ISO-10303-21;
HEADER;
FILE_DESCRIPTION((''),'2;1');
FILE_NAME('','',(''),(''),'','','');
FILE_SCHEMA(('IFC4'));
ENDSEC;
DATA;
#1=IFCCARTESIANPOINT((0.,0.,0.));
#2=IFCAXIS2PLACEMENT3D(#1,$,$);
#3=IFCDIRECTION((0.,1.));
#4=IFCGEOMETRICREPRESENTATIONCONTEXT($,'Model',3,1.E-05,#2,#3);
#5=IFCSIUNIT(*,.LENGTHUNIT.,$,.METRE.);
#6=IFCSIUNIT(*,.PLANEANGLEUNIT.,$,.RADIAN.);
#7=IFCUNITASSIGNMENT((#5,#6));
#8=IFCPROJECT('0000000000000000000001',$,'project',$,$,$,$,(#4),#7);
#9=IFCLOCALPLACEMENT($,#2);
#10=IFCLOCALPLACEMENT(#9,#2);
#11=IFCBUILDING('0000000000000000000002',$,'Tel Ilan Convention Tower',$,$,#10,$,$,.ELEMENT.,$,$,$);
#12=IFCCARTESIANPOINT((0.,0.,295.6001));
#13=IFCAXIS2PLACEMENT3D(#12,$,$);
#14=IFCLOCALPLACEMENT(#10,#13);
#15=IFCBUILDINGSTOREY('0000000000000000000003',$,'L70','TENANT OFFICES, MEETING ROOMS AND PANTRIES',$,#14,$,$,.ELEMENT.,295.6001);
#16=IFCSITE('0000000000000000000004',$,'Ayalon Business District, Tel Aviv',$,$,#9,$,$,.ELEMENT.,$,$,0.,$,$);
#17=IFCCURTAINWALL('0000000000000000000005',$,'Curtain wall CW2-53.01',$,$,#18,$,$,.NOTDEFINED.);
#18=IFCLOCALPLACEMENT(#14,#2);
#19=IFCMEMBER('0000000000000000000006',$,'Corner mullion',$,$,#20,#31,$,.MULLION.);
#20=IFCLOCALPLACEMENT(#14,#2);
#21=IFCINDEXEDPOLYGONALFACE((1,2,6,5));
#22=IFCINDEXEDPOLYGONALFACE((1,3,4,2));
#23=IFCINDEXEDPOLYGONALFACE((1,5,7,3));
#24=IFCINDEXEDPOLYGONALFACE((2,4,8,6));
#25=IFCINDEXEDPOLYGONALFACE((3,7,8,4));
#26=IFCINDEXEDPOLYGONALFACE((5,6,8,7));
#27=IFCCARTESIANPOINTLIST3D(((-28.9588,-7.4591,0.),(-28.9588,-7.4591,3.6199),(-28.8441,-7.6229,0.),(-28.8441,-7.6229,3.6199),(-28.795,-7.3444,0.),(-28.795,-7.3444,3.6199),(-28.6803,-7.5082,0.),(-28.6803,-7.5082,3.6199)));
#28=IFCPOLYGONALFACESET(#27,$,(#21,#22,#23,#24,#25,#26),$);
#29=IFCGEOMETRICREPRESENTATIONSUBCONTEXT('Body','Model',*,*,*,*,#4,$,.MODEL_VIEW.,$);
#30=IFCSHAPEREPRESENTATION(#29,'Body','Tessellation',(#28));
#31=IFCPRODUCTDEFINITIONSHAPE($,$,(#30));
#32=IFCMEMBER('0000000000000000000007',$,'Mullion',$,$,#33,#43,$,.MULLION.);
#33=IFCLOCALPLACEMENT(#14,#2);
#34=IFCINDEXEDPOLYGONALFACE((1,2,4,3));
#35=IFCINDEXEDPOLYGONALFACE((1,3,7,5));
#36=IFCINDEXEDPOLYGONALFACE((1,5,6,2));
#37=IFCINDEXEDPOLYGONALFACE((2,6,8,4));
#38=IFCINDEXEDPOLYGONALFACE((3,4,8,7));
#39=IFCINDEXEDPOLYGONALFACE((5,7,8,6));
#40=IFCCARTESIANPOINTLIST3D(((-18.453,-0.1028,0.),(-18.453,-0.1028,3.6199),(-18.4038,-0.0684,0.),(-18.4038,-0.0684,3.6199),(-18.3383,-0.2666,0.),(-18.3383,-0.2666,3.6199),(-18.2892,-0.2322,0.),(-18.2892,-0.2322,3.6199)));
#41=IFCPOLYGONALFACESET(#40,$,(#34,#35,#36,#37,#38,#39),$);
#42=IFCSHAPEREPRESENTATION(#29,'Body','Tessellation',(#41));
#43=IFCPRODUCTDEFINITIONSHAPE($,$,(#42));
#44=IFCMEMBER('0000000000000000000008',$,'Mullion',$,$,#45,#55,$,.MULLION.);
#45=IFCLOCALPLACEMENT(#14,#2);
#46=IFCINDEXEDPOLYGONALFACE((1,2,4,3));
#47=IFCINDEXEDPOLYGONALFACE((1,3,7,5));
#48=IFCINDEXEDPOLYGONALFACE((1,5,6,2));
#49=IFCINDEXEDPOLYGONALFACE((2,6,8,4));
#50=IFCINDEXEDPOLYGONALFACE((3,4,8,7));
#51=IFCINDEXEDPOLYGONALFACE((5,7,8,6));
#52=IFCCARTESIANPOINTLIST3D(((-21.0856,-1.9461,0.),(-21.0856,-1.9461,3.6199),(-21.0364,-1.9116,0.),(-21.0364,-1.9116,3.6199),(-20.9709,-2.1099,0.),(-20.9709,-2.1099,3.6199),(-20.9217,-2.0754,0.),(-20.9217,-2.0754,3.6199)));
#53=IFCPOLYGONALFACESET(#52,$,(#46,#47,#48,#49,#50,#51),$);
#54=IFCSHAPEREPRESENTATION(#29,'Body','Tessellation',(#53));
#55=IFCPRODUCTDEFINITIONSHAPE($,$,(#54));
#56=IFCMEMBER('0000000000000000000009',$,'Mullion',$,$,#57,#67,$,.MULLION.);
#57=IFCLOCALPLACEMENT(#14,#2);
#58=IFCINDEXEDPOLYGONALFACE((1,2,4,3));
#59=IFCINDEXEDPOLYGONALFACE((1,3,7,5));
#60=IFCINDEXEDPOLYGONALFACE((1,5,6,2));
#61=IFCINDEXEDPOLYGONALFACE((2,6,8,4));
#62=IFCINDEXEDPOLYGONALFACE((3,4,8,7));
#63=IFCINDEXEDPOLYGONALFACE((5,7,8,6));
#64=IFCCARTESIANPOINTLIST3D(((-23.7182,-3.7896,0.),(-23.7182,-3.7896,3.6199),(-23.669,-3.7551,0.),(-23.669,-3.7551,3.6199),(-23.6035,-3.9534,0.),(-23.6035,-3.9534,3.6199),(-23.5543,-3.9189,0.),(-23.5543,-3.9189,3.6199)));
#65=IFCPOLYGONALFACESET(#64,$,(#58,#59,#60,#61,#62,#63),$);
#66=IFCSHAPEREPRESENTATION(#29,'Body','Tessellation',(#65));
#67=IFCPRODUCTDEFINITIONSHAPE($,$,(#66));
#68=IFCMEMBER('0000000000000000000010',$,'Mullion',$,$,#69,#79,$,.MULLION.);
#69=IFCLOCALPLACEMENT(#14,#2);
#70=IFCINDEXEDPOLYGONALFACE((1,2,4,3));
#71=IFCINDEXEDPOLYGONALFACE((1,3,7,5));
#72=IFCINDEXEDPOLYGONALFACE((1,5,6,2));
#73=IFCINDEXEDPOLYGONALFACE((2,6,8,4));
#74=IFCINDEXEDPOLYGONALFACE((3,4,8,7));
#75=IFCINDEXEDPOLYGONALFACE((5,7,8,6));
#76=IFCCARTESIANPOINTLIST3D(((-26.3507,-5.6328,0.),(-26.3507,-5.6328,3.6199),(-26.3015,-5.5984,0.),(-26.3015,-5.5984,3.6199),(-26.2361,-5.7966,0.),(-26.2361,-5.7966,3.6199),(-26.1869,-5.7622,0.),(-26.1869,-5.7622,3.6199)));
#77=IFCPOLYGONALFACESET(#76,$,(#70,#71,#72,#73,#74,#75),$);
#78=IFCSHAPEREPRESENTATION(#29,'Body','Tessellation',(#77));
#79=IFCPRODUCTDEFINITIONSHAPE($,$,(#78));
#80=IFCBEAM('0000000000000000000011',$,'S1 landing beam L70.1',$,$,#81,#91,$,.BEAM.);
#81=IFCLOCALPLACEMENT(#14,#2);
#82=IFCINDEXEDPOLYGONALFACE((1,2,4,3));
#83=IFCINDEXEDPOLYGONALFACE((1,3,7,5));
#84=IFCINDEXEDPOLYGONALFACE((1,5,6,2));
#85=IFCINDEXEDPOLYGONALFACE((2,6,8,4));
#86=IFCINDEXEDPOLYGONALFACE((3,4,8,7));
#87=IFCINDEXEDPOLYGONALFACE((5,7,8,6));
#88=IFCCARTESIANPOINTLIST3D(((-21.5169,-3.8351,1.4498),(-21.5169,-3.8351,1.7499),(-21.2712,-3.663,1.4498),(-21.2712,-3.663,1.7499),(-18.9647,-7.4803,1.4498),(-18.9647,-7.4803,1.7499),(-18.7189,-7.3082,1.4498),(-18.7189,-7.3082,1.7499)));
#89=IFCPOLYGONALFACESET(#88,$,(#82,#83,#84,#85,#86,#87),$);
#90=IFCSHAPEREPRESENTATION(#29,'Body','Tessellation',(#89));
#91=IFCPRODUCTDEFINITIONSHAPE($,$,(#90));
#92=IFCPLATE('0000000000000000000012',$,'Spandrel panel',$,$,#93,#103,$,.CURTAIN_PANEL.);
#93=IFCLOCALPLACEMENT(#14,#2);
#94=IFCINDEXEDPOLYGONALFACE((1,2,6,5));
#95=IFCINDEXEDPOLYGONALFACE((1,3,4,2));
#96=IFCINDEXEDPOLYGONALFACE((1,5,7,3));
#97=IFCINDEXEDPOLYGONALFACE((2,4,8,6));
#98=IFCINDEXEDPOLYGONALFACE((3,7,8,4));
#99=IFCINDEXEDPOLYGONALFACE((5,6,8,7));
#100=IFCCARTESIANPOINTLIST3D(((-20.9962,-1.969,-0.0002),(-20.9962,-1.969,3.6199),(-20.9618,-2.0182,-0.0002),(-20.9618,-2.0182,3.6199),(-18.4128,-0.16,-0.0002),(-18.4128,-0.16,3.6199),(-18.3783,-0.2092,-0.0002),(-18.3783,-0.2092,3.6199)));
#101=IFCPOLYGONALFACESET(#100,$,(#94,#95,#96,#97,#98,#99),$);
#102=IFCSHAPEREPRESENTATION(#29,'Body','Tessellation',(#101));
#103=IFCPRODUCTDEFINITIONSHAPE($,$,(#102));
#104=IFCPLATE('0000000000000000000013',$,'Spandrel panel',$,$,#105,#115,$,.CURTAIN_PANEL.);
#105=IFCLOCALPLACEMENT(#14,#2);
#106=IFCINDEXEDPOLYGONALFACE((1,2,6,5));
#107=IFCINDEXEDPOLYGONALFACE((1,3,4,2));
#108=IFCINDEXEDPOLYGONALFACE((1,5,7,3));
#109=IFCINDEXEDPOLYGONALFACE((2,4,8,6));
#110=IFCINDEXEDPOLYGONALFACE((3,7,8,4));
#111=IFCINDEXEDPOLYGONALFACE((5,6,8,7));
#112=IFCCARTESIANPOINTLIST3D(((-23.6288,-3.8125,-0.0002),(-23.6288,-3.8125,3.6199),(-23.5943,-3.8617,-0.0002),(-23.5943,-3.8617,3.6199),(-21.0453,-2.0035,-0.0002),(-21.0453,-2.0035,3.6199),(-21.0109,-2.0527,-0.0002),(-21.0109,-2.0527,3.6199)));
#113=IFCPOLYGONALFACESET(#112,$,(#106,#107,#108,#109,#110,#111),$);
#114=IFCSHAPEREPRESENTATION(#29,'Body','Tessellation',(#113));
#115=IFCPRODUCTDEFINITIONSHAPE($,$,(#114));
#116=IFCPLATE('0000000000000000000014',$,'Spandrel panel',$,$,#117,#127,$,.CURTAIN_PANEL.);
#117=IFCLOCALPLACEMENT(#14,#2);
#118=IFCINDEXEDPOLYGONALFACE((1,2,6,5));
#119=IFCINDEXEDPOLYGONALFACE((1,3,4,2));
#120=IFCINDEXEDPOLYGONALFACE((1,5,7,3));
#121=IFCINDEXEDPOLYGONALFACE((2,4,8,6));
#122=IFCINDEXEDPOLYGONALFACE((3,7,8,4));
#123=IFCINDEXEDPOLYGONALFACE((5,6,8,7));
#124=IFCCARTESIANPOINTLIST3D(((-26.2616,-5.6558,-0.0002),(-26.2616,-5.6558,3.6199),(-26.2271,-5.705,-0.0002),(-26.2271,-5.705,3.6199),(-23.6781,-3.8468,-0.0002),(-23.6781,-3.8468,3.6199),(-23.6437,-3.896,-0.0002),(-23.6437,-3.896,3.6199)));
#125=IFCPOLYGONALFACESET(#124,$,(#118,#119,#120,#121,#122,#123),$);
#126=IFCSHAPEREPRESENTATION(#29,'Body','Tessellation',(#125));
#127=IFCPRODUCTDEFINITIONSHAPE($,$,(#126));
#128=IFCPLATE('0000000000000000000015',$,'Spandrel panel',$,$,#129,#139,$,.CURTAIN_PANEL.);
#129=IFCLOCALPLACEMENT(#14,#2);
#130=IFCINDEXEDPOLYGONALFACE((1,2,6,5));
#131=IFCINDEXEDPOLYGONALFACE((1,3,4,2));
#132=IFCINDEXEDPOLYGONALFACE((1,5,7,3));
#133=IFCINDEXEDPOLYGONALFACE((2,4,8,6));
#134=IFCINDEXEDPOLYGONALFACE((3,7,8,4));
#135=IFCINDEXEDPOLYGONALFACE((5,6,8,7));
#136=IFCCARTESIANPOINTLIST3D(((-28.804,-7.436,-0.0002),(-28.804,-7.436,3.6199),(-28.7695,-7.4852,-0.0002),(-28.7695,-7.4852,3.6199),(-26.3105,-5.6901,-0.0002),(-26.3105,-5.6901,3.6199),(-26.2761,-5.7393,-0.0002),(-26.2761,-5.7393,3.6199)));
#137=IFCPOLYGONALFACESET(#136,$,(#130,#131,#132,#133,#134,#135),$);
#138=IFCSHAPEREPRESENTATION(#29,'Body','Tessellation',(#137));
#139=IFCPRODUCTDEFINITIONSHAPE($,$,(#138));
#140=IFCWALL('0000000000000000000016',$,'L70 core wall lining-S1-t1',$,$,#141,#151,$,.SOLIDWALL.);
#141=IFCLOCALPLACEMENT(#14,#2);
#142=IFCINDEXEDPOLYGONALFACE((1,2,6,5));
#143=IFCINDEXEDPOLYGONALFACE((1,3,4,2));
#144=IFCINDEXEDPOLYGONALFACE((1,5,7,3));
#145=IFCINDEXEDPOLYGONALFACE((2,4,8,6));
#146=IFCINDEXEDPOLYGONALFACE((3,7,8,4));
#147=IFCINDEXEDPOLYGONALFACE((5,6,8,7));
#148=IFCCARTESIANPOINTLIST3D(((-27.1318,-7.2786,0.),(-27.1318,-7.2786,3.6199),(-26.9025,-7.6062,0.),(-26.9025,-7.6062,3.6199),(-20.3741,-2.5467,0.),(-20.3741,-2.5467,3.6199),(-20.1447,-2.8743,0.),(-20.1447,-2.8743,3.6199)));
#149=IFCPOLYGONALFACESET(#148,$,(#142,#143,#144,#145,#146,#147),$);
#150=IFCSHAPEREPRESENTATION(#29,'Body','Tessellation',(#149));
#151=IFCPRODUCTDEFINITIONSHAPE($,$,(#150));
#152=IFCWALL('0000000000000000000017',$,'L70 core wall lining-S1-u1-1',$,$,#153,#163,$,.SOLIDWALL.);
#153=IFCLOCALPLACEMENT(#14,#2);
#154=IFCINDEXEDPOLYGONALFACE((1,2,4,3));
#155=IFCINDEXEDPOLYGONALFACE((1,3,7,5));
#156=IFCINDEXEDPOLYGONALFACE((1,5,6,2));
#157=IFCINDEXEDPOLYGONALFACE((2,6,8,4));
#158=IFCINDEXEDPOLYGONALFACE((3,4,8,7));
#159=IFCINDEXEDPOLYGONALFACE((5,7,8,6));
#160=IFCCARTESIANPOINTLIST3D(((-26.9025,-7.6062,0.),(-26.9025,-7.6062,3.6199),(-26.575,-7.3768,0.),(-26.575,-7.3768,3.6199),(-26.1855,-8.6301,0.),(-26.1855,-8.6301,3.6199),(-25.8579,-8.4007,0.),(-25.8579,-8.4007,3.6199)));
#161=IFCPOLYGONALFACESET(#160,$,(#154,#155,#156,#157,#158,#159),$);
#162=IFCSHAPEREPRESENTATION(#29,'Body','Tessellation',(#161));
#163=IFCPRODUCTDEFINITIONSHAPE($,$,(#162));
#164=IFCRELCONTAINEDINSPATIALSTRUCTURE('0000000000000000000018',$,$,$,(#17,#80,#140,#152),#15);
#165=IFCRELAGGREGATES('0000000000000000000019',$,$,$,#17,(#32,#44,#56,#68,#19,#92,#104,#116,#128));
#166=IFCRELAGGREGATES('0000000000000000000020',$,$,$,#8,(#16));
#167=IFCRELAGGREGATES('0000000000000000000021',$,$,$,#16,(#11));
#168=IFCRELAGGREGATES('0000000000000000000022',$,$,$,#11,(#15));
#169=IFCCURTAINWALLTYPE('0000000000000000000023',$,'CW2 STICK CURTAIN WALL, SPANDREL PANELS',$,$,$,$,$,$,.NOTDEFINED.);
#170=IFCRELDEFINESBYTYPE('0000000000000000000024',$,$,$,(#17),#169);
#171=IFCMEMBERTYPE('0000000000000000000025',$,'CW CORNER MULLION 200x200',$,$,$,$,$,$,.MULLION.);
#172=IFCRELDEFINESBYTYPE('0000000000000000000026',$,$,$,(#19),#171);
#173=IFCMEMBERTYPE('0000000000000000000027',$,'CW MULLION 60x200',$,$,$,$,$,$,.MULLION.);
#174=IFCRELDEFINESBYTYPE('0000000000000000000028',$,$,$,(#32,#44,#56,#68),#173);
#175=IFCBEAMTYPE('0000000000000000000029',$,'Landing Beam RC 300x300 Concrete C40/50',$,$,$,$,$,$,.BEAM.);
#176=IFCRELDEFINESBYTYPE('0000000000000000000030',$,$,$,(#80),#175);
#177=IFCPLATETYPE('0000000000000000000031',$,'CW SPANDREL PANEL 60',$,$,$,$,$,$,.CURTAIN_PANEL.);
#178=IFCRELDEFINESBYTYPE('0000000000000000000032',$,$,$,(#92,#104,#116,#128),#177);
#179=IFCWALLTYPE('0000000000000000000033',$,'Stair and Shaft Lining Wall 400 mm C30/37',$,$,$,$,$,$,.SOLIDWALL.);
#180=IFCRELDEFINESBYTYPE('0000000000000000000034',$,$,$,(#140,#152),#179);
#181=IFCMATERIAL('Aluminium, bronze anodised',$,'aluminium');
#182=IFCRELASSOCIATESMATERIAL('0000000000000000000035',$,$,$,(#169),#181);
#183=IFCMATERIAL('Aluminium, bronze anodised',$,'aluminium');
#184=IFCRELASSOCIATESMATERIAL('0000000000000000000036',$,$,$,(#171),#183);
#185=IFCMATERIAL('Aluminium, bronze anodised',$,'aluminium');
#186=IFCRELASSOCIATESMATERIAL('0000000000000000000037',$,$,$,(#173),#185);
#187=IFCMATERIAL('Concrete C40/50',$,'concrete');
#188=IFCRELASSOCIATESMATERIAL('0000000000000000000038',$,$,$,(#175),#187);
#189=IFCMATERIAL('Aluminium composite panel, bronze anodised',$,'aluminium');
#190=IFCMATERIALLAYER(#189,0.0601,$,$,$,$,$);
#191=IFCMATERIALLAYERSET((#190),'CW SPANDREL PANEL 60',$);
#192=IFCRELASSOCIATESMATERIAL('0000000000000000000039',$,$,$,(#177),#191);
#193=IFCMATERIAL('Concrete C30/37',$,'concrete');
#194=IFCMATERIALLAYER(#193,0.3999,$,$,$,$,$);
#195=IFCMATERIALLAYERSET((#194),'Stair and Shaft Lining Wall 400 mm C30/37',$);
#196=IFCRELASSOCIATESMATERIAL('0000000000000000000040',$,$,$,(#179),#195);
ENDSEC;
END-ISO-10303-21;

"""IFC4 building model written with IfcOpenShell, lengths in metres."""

from ifc_helpers import new_model, si_unit, direction, frame, frame_2d, origin, origin_2d, place, context, subcontext, project, spatial, rectangle, extrude, material, layer, layer_set, material_profile, profile_set, type_object, element, aggregate, save


model = new_model("IFC4")

# Units and contexts
model_context = context("Model", 3, precision=1e-05, world=origin(), true_north=direction((0.0, 1.0)))
body_context = subcontext(model_context, "Body", "Model", "MODEL_VIEW")
ifc_project = project(units=[si_unit("LENGTHUNIT", "METRE"), si_unit("PLANEANGLEUNIT", "RADIAN")], contexts=[model_context])

# Site, building, storey
site_placement = place(None, origin())
site = spatial("IfcSite", under=ifc_project, at=site_placement, Name="Ayalon Business District, Tel Aviv", CompositionType="ELEMENT", RefElevation=0.0)
building_placement = place(site_placement, origin())
building = spatial("IfcBuilding", under=site, at=building_placement, Name="Tel Ilan Convention Tower", CompositionType="ELEMENT")
storey_placement = place(building_placement, frame((0.0, 0.0, 295.6001)))
storey = spatial("IfcBuildingStorey", under=building, at=storey_placement, Name="L70", Description="TENANT OFFICES, MEETING ROOMS AND PANTRIES", CompositionType="ELEMENT", Elevation=295.6001)

# Curtain wall, members
ifc_material_1 = material(Name="Aluminium, bronze anodised", Category="aluminium")
curtain_wall_type = type_object("IfcCurtainWallType", Name="CW2 STICK CURTAIN WALL, SPANDREL PANELS", PredefinedType="NOTDEFINED", material=ifc_material_1)
curtain_wall_placement = place(storey_placement, origin())
curtain_wall = element("IfcCurtainWall", 1, at=curtain_wall_placement, inside=storey, type_object=curtain_wall_type, Name="Curtain wall CW2-53.01", PredefinedType="NOTDEFINED")
ifc_material_2 = material(Name="Aluminium, bronze anodised", Category="aluminium")
ifc_material_profile_1 = material_profile(ifc_material_2, rectangle(XDim=0.2, YDim=0.2, at=origin_2d()), Name="CW CORNER MULLION 200x200")
ifc_profile_set_1 = profile_set([ifc_material_profile_1], Name="Aluminium, bronze anodised")
member_type_1 = type_object("IfcMemberType", Name="CW CORNER MULLION 200x200", PredefinedType="MULLION", material=ifc_profile_set_1)
member_1_placement = place(storey_placement, frame((-28.8196, -7.4836, 0.0), z_axis=(0.0, 0.0, 1.0), x_axis=(-0.819152, -0.573576, 0.0)))
member_1 = element("IfcMember", 2, at=member_1_placement, type_object=member_type_1, Name="Corner mullion", PredefinedType="MULLION", context=body_context, shape_type="SweptSolid", body=[
    extrude(rectangle(XDim=0.2, YDim=0.2, at=origin_2d()), origin(), (0.0, 0.0, 1.0), 3.6199),
])
ifc_material_3 = material(Name="Aluminium, bronze anodised", Category="aluminium")
ifc_material_profile_2 = material_profile(ifc_material_3, rectangle(XDim=0.0601, YDim=0.2, at=origin_2d()), Name="CW MULLION 60x200")
ifc_profile_set_2 = profile_set([ifc_material_profile_2], Name="Aluminium, bronze anodised")
member_type_2 = type_object("IfcMemberType", Name="CW MULLION 60x200", PredefinedType="MULLION", material=ifc_profile_set_2)
member_2_placement = place(storey_placement, frame((-18.3711, -0.1675, 0.0), z_axis=(0.0, 0.0, 1.0), x_axis=(-0.819152, -0.573576, 0.0)))
member_2 = element("IfcMember", 3, at=member_2_placement, type_object=member_type_2, Name="Mullion", PredefinedType="MULLION", context=body_context, shape_type="SweptSolid", body=[
    extrude(rectangle(XDim=0.0601, YDim=0.2, at=origin_2d()), origin(), (0.0, 0.0, 1.0), 3.6199),
])
member_3_placement = place(storey_placement, frame((-21.0037, -2.0107, 0.0), z_axis=(0.0, 0.0, 1.0), x_axis=(-0.819152, -0.573576, 0.0)))
member_3 = element("IfcMember", 4, at=member_3_placement, type_object=member_type_2, Name="Mullion", PredefinedType="MULLION", context=body_context, shape_type="SweptSolid", body=[
    extrude(rectangle(XDim=0.0601, YDim=0.2, at=origin_2d()), origin(), (0.0, 0.0, 1.0), 3.6199),
])
member_4_placement = place(storey_placement, frame((-23.6362, -3.8542, 0.0), z_axis=(0.0, 0.0, 1.0), x_axis=(-0.819152, -0.573576, 0.0)))
member_4 = element("IfcMember", 5, at=member_4_placement, type_object=member_type_2, Name="Mullion", PredefinedType="MULLION", context=body_context, shape_type="SweptSolid", body=[
    extrude(rectangle(XDim=0.0601, YDim=0.2, at=origin_2d()), origin(), (0.0, 0.0, 1.0), 3.6199),
])
member_5_placement = place(storey_placement, frame((-26.2688, -5.6975, 0.0), z_axis=(0.0, 0.0, 1.0), x_axis=(-0.819152, -0.573576, 0.0)))
member_5 = element("IfcMember", 6, at=member_5_placement, type_object=member_type_2, Name="Mullion", PredefinedType="MULLION", context=body_context, shape_type="SweptSolid", body=[
    extrude(rectangle(XDim=0.0601, YDim=0.2, at=origin_2d()), origin(), (0.0, 0.0, 1.0), 3.6199),
])

# Beam
ifc_material_4 = material(Name="Concrete C40/50", Category="concrete")
ifc_material_profile_3 = material_profile(ifc_material_4, rectangle(XDim=0.3, YDim=0.3, at=origin_2d()), Name="RC 300x300")
ifc_profile_set_3 = profile_set([ifc_material_profile_3], Name="Concrete C40/50")
beam_type = type_object("IfcBeamType", Name="Landing Beam RC 300x300 Concrete C40/50", PredefinedType="BEAM", material=ifc_profile_set_3)
beam_placement = place(storey_placement, frame((-18.8418, -7.3943, 1.5999), z_axis=(-0.573547, 0.819173, 0.0), x_axis=(-0.819173, -0.573547, 0.0)))
element("IfcBeam", 7, at=beam_placement, inside=storey, type_object=beam_type, Name="S1 landing beam L70.1", PredefinedType="BEAM", context=body_context, shape_type="SweptSolid", body=[
    extrude(rectangle(XDim=0.3, YDim=0.3, at=origin_2d()), origin(), (0.0, 0.0, 1.0), 4.45),
])

# Plates
ifc_material_5 = material(Name="Aluminium composite panel, bronze anodised", Category="aluminium")
ifc_layer_1 = layer(ifc_material_5, 0.0601)
ifc_layer_set_1 = layer_set([ifc_layer_1], Name="CW SPANDREL PANEL 60")
plate_type = type_object("IfcPlateType", Name="CW SPANDREL PANEL 60", PredefinedType="CURTAIN_PANEL", material=ifc_layer_set_1)
plate_1_placement = place(storey_placement, frame((-19.6873, -1.0891, -0.0002), z_axis=(0.0, 0.0, 1.0), x_axis=(-0.819152, -0.573576, 0.0)))
plate_1 = element("IfcPlate", 8, at=plate_1_placement, type_object=plate_type, Name="Spandrel panel", PredefinedType="CURTAIN_PANEL", context=body_context, shape_type="SweptSolid", body=[
    extrude(rectangle(XDim=3.1538, YDim=0.0601, at=origin_2d()), origin(), (0.0, 0.0, 1.0), 3.6201),
])
plate_2_placement = place(storey_placement, frame((-22.3198, -2.9326, -0.0002), z_axis=(0.0, 0.0, 1.0), x_axis=(-0.819152, -0.573576, 0.0)))
plate_2 = element("IfcPlate", 9, at=plate_2_placement, type_object=plate_type, Name="Spandrel panel", PredefinedType="CURTAIN_PANEL", context=body_context, shape_type="SweptSolid", body=[
    extrude(rectangle(XDim=3.1538, YDim=0.0601, at=origin_2d()), origin(), (0.0, 0.0, 1.0), 3.6201),
])
plate_3_placement = place(storey_placement, frame((-24.9526, -4.7759, -0.0002), z_axis=(0.0, 0.0, 1.0), x_axis=(-0.819152, -0.573576, 0.0)))
plate_3 = element("IfcPlate", 10, at=plate_3_placement, type_object=plate_type, Name="Spandrel panel", PredefinedType="CURTAIN_PANEL", context=body_context, shape_type="SweptSolid", body=[
    extrude(rectangle(XDim=3.1538, YDim=0.0601, at=origin_2d()), origin(), (0.0, 0.0, 1.0), 3.6201),
])
plate_4_placement = place(storey_placement, frame((-27.54, -6.5876, -0.0002), z_axis=(0.0, 0.0, 1.0), x_axis=(-0.819152, -0.573576, 0.0)))
plate_4 = element("IfcPlate", 11, at=plate_4_placement, type_object=plate_type, Name="Spandrel panel", PredefinedType="CURTAIN_PANEL", context=body_context, shape_type="SweptSolid", body=[
    extrude(rectangle(XDim=3.0439, YDim=0.0601, at=origin_2d()), origin(), (0.0, 0.0, 1.0), 3.6201),
])
aggregate(curtain_wall, [member_2, member_3, member_4, member_5, member_1, plate_1, plate_2, plate_3, plate_4])

# Walls
ifc_material_6 = material(Name="Concrete C30/37", Category="concrete")
ifc_layer_2 = layer(ifc_material_6, 0.3999)
ifc_layer_set_2 = layer_set([ifc_layer_2], Name="Stair and Shaft Lining Wall 400 mm C30/37")
wall_type = type_object("IfcWallType", Name="Stair and Shaft Lining Wall 400 mm C30/37", PredefinedType="SOLIDWALL", material=ifc_layer_set_2)
wall_1_placement = place(storey_placement, frame((-20.2593, -2.7104, 0.0), z_axis=(0.0, 0.0, 1.0), x_axis=(-0.819148, -0.573582, 0.0)))
element("IfcWall", 12, at=wall_1_placement, inside=storey, type_object=wall_type, Name="L70 core wall lining-S1-t1", PredefinedType="SOLIDWALL", context=body_context, shape_type="SweptSolid", body=[
    extrude(rectangle(XDim=8.2498, YDim=0.3999, at=frame_2d((4.125, 0.0))), origin(), (0.0, 0.0, 1.0), 3.6199),
])
wall_2_placement = place(storey_placement, frame((-26.0217, -8.5154, 0.0), z_axis=(0.0, 0.0, 1.0), x_axis=(-0.57362, 0.819122, 0.0)))
element("IfcWall", 13, at=wall_2_placement, inside=storey, type_object=wall_type, Name="L70 core wall lining-S1-u1-1", PredefinedType="SOLIDWALL", context=body_context, shape_type="SweptSolid", body=[
    extrude(rectangle(XDim=1.25, YDim=0.3999, at=frame_2d((0.625, 0.0))), origin(), (0.0, 0.0, 1.0), 3.6199),
])

save(model, "model.ifc")
